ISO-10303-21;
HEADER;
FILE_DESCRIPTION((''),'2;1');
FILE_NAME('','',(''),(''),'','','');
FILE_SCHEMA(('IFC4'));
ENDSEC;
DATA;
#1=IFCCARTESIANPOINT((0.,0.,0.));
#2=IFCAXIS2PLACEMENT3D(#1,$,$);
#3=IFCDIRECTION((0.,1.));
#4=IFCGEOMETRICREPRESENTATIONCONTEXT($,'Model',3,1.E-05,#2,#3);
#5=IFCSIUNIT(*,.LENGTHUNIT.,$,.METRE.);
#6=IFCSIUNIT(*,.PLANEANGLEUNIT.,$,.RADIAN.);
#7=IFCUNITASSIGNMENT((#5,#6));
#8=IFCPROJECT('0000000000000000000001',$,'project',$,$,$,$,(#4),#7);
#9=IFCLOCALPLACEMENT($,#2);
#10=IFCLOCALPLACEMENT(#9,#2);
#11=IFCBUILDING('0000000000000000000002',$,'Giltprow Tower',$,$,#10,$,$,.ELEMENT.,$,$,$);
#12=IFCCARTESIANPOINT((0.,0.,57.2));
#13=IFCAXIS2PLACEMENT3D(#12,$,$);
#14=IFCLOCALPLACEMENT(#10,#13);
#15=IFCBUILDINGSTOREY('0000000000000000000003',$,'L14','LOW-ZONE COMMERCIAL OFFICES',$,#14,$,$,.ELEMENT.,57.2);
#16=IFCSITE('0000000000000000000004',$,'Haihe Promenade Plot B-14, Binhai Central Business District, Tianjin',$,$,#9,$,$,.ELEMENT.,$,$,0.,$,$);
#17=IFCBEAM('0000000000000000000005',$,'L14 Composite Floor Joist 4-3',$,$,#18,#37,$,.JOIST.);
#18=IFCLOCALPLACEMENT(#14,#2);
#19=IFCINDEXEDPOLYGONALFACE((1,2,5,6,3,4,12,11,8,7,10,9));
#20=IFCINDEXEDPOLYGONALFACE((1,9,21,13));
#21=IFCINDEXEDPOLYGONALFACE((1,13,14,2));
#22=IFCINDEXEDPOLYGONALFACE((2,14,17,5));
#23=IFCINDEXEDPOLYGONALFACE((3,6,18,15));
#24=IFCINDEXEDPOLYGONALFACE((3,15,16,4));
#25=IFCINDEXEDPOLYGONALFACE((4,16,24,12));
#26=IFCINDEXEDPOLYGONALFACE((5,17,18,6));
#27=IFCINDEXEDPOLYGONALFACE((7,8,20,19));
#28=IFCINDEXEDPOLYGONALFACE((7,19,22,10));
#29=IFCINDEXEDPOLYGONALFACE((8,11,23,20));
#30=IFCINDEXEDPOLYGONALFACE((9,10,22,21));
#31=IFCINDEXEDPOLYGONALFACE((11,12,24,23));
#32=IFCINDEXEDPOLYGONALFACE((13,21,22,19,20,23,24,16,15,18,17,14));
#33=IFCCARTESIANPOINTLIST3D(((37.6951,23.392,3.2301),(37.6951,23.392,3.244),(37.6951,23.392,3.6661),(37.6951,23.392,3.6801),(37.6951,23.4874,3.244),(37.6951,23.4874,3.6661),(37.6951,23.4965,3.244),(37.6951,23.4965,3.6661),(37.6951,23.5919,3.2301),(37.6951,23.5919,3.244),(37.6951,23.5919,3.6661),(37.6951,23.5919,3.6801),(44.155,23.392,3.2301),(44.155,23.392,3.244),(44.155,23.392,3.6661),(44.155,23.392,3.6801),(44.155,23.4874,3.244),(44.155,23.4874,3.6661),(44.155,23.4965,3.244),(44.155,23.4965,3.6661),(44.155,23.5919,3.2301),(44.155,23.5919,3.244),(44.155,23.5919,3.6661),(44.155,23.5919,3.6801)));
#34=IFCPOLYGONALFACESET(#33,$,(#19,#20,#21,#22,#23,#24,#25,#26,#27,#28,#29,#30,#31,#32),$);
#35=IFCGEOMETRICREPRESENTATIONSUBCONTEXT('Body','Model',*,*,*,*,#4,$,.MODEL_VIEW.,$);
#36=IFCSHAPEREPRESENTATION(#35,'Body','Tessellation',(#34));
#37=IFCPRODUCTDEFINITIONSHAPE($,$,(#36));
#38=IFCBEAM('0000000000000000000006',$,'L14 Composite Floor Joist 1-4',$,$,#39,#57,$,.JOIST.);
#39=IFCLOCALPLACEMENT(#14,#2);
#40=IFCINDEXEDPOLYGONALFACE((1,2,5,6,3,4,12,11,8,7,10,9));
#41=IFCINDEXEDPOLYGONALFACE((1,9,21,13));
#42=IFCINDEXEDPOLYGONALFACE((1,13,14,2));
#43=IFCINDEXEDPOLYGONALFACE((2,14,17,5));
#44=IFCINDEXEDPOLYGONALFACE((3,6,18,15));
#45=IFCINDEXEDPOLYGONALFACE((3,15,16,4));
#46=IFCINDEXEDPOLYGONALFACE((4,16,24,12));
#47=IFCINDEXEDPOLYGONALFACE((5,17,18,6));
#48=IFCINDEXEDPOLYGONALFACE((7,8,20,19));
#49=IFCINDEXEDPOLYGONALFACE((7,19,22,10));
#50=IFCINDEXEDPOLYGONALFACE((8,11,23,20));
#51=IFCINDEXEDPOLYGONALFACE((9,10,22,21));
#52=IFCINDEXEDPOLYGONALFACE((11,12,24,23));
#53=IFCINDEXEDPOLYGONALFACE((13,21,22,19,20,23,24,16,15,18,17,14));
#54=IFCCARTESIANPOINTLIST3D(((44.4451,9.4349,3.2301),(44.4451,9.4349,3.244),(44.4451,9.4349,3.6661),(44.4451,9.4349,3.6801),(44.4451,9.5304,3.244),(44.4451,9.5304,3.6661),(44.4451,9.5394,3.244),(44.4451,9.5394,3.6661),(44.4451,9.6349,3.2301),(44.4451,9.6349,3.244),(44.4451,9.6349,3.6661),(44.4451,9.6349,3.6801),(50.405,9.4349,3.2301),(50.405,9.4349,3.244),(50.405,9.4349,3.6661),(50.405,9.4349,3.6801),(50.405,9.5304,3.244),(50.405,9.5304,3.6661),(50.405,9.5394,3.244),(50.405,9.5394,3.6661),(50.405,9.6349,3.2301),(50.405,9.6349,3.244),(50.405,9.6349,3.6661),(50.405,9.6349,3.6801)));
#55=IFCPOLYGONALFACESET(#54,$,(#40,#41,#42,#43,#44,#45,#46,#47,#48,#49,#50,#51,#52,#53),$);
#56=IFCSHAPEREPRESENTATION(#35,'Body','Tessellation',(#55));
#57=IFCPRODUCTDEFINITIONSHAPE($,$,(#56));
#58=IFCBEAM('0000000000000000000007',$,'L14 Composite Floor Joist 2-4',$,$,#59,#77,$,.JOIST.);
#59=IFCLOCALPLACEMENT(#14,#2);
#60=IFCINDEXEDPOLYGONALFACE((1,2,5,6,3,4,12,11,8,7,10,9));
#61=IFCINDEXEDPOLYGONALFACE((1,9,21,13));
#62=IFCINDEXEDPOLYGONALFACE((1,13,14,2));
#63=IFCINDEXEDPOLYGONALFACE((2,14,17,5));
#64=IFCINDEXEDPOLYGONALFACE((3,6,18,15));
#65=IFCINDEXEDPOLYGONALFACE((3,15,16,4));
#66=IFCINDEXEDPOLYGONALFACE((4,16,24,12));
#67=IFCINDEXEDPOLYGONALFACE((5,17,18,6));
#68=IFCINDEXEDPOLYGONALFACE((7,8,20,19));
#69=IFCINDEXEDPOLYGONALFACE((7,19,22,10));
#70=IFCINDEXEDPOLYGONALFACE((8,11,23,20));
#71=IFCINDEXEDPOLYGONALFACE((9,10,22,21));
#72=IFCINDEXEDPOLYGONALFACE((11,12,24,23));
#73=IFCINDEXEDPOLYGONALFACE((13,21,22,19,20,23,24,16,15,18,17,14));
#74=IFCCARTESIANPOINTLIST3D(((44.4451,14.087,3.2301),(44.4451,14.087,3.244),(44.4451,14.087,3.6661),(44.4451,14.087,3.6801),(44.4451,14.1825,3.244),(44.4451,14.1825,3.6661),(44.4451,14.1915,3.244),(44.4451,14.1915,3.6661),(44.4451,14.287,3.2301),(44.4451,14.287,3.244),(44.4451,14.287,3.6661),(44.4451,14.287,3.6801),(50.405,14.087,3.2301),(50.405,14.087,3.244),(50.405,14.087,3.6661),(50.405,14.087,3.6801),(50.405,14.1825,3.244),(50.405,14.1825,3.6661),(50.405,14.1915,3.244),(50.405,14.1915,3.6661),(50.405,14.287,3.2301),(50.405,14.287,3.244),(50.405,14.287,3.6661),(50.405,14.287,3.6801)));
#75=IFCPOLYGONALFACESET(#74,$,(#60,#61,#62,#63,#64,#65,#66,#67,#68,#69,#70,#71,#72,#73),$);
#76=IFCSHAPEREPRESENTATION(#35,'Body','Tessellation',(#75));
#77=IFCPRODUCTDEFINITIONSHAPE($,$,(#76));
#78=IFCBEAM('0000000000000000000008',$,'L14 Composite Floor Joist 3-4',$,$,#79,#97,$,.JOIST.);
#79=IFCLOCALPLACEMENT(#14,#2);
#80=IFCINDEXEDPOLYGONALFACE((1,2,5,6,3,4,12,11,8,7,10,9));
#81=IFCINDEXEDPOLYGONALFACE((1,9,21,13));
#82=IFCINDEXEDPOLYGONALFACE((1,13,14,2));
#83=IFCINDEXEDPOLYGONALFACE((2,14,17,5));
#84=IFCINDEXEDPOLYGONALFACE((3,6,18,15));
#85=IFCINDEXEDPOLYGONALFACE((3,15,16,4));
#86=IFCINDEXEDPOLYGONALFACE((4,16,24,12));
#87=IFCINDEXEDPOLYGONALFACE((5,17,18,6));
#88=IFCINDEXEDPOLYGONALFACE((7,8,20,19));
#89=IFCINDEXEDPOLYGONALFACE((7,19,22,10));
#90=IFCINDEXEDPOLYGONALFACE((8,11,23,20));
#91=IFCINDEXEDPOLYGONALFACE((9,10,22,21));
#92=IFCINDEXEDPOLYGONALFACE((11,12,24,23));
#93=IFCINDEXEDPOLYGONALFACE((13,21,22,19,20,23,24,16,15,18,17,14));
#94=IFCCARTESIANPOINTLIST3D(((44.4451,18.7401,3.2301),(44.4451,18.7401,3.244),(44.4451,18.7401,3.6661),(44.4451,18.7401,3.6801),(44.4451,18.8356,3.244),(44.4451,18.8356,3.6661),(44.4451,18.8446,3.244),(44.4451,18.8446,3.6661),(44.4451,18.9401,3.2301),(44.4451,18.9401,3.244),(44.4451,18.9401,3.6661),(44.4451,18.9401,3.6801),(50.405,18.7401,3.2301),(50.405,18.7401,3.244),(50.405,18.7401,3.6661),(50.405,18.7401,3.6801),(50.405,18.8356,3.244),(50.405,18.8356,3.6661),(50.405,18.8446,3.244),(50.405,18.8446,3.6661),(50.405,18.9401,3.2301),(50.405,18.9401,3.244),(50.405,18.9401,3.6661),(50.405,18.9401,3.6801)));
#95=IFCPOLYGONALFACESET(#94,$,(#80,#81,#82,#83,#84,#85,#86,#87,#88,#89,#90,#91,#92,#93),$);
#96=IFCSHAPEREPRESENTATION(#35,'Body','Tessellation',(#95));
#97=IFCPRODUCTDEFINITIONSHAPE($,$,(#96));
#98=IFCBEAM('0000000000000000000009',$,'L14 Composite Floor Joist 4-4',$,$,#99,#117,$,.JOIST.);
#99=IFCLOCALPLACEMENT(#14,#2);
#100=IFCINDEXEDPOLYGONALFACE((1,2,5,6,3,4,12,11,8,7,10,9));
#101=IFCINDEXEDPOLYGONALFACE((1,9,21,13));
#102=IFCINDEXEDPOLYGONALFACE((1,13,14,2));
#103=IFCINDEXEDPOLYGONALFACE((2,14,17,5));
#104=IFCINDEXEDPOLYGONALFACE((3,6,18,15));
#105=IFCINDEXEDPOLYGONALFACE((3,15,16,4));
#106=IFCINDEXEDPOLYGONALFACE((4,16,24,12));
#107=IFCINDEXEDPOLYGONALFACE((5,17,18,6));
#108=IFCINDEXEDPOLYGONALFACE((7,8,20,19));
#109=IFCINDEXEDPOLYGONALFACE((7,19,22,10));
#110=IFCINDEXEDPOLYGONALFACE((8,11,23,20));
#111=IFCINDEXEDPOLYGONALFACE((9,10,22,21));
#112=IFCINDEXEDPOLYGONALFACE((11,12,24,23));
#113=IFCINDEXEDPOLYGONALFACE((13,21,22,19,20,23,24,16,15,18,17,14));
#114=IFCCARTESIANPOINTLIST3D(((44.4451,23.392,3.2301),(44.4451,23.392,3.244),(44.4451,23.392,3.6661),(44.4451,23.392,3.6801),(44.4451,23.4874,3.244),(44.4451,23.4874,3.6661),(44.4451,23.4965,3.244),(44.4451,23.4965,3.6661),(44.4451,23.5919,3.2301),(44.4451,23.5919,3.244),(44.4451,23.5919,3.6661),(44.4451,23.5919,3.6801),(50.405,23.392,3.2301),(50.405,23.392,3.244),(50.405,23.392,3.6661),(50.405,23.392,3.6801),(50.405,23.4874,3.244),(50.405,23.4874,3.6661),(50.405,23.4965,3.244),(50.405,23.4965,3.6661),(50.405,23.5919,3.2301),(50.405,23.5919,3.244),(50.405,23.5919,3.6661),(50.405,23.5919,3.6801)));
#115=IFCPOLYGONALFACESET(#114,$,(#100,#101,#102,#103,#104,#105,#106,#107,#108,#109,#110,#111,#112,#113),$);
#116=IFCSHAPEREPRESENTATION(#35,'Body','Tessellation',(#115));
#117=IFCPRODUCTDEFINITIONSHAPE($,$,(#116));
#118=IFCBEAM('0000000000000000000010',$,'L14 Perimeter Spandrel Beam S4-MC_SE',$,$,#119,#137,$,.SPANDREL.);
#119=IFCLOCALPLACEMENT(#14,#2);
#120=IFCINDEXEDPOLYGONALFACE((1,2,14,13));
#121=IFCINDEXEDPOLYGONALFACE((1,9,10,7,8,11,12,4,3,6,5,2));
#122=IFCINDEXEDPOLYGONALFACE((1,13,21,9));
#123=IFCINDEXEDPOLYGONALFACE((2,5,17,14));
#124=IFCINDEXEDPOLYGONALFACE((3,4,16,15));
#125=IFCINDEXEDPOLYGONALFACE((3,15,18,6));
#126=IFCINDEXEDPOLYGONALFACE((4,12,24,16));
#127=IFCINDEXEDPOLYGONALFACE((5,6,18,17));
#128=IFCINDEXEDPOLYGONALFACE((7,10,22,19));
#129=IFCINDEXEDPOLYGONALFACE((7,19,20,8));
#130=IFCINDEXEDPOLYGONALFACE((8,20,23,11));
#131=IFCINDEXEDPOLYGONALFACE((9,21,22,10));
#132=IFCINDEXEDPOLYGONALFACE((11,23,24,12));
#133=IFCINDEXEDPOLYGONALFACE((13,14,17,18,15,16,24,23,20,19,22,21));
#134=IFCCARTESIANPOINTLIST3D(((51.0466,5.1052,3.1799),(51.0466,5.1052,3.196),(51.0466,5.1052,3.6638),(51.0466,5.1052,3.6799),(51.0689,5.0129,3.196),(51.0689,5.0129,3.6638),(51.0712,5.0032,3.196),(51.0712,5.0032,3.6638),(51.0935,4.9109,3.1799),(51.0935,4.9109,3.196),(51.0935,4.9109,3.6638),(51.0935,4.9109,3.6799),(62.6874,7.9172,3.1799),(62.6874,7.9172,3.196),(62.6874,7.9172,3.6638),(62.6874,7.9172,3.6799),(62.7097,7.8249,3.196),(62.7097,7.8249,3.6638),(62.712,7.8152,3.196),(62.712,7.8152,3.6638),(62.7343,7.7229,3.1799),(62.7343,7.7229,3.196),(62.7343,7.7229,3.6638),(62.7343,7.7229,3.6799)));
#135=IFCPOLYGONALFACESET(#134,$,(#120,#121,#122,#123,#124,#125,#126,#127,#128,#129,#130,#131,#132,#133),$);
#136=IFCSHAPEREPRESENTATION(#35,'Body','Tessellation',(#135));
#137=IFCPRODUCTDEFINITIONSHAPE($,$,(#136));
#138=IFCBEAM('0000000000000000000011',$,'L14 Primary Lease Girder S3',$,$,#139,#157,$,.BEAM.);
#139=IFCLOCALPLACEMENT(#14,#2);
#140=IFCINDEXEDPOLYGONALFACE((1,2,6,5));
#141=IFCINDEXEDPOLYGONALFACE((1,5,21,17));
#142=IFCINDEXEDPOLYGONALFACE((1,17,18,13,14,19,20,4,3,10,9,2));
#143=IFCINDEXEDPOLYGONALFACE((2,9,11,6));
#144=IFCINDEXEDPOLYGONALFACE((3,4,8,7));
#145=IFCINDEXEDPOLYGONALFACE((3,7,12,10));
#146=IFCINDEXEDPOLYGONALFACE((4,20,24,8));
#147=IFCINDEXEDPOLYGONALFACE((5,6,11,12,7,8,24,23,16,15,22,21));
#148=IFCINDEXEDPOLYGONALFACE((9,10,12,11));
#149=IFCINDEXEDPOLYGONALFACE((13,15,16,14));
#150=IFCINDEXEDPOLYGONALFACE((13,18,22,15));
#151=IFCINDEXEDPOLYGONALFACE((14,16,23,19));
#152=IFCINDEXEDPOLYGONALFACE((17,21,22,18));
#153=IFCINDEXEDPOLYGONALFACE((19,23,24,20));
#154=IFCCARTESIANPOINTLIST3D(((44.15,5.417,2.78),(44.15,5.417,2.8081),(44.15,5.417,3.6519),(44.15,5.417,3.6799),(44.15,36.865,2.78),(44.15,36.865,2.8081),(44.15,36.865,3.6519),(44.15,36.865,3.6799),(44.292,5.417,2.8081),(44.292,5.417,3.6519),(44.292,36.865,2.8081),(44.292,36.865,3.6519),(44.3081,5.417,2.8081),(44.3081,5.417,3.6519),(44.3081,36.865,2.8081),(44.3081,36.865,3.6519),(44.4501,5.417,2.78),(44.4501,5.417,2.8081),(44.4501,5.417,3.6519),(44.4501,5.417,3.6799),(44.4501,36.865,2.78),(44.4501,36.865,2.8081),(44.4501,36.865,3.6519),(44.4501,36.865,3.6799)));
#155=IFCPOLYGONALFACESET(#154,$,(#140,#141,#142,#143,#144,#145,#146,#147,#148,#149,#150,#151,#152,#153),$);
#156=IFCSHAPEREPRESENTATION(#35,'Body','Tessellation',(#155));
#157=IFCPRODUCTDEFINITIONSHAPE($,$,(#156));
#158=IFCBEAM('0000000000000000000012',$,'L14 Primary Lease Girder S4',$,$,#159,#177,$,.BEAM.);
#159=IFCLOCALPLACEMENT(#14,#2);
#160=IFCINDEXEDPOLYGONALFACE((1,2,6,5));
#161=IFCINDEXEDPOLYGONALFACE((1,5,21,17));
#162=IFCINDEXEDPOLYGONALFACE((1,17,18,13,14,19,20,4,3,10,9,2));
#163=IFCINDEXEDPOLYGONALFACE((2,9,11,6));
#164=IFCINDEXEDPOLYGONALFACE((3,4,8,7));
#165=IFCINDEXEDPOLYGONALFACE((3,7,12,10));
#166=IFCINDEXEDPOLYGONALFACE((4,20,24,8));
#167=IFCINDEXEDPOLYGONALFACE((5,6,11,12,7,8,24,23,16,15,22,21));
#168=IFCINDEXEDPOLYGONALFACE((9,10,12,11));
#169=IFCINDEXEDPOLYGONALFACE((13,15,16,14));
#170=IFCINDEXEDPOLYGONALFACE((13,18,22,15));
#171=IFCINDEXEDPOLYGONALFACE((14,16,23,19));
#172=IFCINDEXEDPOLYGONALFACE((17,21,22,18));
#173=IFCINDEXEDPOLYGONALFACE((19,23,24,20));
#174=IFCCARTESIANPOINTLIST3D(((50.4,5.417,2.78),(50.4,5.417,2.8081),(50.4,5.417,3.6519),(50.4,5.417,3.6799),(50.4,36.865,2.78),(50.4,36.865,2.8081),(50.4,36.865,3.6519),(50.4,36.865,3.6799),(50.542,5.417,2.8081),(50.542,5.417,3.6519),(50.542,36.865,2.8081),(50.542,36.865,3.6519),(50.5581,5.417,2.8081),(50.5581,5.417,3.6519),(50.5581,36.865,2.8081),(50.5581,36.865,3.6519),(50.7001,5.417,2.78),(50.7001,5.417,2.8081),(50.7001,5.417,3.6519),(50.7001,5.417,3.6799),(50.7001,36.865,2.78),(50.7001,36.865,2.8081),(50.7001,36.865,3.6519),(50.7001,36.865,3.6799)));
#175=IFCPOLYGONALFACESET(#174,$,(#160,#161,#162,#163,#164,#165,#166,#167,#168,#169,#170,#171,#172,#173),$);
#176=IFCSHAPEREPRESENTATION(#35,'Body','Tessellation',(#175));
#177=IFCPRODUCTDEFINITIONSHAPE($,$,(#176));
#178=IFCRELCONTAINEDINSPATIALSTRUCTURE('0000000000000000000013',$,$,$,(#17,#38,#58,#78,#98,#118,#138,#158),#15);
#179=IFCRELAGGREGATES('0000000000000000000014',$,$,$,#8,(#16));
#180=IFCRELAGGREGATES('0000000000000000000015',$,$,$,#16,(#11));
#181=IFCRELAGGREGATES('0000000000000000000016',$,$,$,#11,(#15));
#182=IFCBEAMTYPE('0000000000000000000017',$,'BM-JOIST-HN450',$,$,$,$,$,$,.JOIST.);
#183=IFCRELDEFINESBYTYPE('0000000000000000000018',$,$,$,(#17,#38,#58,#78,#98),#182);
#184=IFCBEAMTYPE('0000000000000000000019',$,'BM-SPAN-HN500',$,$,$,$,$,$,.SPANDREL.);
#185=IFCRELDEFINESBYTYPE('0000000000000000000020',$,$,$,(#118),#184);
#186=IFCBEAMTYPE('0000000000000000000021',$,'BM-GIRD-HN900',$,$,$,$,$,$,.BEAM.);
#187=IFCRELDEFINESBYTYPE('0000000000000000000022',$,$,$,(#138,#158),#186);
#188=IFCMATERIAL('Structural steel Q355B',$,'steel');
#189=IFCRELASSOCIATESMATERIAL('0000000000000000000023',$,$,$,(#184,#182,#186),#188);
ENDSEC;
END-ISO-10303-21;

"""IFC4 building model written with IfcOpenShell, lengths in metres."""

from ifc_helpers import new_model, si_unit, direction, frame, origin, origin_2d, place, context, subcontext, project, spatial, i_section, extrude, source, transform, mapped, material, material_profile, profile_set, type_object, element, save


model = new_model("IFC4")

# Units and contexts
model_context = context("Model", 3, precision=1e-05, world=origin(), true_north=direction((0.0, 1.0)))
body_context = subcontext(model_context, "Body", "Model", "MODEL_VIEW")
ifc_project = project(units=[si_unit("LENGTHUNIT", "METRE"), si_unit("PLANEANGLEUNIT", "RADIAN")], contexts=[model_context])

# Site, building, storey
site_placement = place(None, origin())
site = spatial("IfcSite", under=ifc_project, at=site_placement, Name="Haihe Promenade Plot B-14, Binhai Central Business District, Tianjin", CompositionType="ELEMENT", RefElevation=0.0)
building_placement = place(site_placement, origin())
building = spatial("IfcBuilding", under=site, at=building_placement, Name="Giltprow Tower", CompositionType="ELEMENT")
storey_placement = place(building_placement, frame((0.0, 0.0, 57.2)))
storey = spatial("IfcBuildingStorey", under=building, at=storey_placement, Name="L14", Description="LOW-ZONE COMMERCIAL OFFICES", CompositionType="ELEMENT", Elevation=57.2)

# Beams
ifc_material_1 = material(Name="Structural steel Q355B", Category="steel")
ifc_material_profile_1 = material_profile(ifc_material_1, i_section(OverallWidth=0.2, OverallDepth=0.5, WebThickness=0.01, FlangeThickness=0.0161, at=origin_2d()), Name="HN 500x200x10x16")
ifc_profile_set_1 = profile_set([ifc_material_profile_1], Name="Structural steel Q355B")
beam_type_1 = type_object("IfcBeamType", Name="BM-SPAN-HN500", PredefinedType="SPANDREL", material=ifc_profile_set_1)
ifc_material_profile_2 = material_profile(ifc_material_1, i_section(OverallWidth=0.2, OverallDepth=0.45, WebThickness=0.009, FlangeThickness=0.0139, at=origin_2d()), Name="HN 450x200x9x14")
ifc_profile_set_2 = profile_set([ifc_material_profile_2], Name="Structural steel Q355B")
beam_type_2 = type_object("IfcBeamType", Name="BM-JOIST-HN450", PredefinedType="JOIST", material=ifc_profile_set_2)
shared_shape_1 = source(origin(), body_context, "Body", "SweptSolid", [
    extrude(i_section(OverallWidth=0.2, OverallDepth=0.45, WebThickness=0.009, FlangeThickness=0.0139, at=origin_2d()), origin(), (0.0, 0.0, 1.0), 6.46),
])
for number, where, z_axis, x_axis, name in (
    (1, (37.6951, 23.4919, 3.4551), (1.0, 0.0, 0.0), (0.0, 1.0, 0.0), "L14 Composite Floor Joist 4-3"),
):
    element("IfcBeam", number, at=place(storey_placement, frame(where, z_axis=z_axis, x_axis=x_axis)), inside=storey, type_object=beam_type_2, Name=name, PredefinedType="JOIST", context=body_context, shape_type="MappedRepresentation", body=[
        mapped(shared_shape_1, transform((0.0, 0.0, 0.0), x_axis=(1.0, 0.0, 0.0), y_axis=(0.0, 1.0, 0.0), z_axis=(0.0, 0.0, 1.0), scale=1.0)),
    ])
shared_shape_2 = source(origin(), body_context, "Body", "SweptSolid", [
    extrude(i_section(OverallWidth=0.2, OverallDepth=0.45, WebThickness=0.009, FlangeThickness=0.0139, at=origin_2d()), origin(), (0.0, 0.0, 1.0), 5.96),
])
for number, where, z_axis, x_axis, name in (
    (2, (44.4451, 9.5349, 3.4551), (1.0, 0.0, 0.0), (0.0, 1.0, 0.0), "L14 Composite Floor Joist 1-4"),
    (3, (44.4451, 14.187, 3.4551), (1.0, 0.0, 0.0), (0.0, 1.0, 0.0), "L14 Composite Floor Joist 2-4"),
    (4, (44.4451, 18.8401, 3.4551), (1.0, 0.0, 0.0), (0.0, 1.0, 0.0), "L14 Composite Floor Joist 3-4"),
    (5, (44.4451, 23.4919, 3.4551), (1.0, 0.0, 0.0), (0.0, 1.0, 0.0), "L14 Composite Floor Joist 4-4"),
):
    element("IfcBeam", number, at=place(storey_placement, frame(where, z_axis=z_axis, x_axis=x_axis)), inside=storey, type_object=beam_type_2, Name=name, PredefinedType="JOIST", context=body_context, shape_type="MappedRepresentation", body=[
        mapped(shared_shape_2, transform((0.0, 0.0, 0.0), x_axis=(1.0, 0.0, 0.0), y_axis=(0.0, 1.0, 0.0), z_axis=(0.0, 0.0, 1.0), scale=1.0)),
    ])
shared_shape_3 = source(origin(), body_context, "Body", "SweptSolid", [
    extrude(i_section(OverallWidth=0.2, OverallDepth=0.5, WebThickness=0.01, FlangeThickness=0.0161, at=origin_2d()), origin(), (0.0, 0.0, 1.0), 11.9756),
])
beam_1_placement = place(storey_placement, frame((51.0701, 5.0081, 3.4299), z_axis=(0.972041, 0.23481, 0.0), x_axis=(-0.23481, 0.972041, 0.0)))
element("IfcBeam", 6, at=beam_1_placement, inside=storey, type_object=beam_type_1, Name="L14 Perimeter Spandrel Beam S4-MC_SE", PredefinedType="SPANDREL", context=body_context, shape_type="MappedRepresentation", body=[
    mapped(shared_shape_3, transform((0.0, 0.0, 0.0), x_axis=(1.0, 0.0, 0.0), y_axis=(0.0, 1.0, 0.0), z_axis=(0.0, 0.0, 1.0), scale=1.0)),
])
ifc_material_profile_3 = material_profile(ifc_material_1, i_section(OverallWidth=0.3, OverallDepth=0.8999, WebThickness=0.0161, FlangeThickness=0.0281, at=origin_2d()), Name="HN 900x300x16x28")
ifc_profile_set_3 = profile_set([ifc_material_profile_3], Name="Structural steel Q355B")
beam_type_3 = type_object("IfcBeamType", Name="BM-GIRD-HN900", PredefinedType="BEAM", material=ifc_profile_set_3)
shared_shape_4 = source(origin(), body_context, "Body", "SweptSolid", [
    extrude(i_section(OverallWidth=0.3, OverallDepth=0.8999, WebThickness=0.0161, FlangeThickness=0.0281, at=origin_2d()), origin(), (0.0, 0.0, 1.0), 31.448),
])
for number, where, z_axis, x_axis, name in (
    (7, (44.3, 5.417, 3.23), (0.0, 1.0, 0.0), (-1.0, 0.0, 0.0), "L14 Primary Lease Girder S3"),
    (8, (50.55, 5.417, 3.23), (0.0, 1.0, 0.0), (-1.0, 0.0, 0.0), "L14 Primary Lease Girder S4"),
):
    element("IfcBeam", number, at=place(storey_placement, frame(where, z_axis=z_axis, x_axis=x_axis)), inside=storey, type_object=beam_type_3, Name=name, PredefinedType="BEAM", context=body_context, shape_type="MappedRepresentation", body=[
        mapped(shared_shape_4, transform((0.0, 0.0, 0.0), x_axis=(1.0, 0.0, 0.0), y_axis=(0.0, 1.0, 0.0), z_axis=(0.0, 0.0, 1.0), scale=1.0)),
    ])

save(model, "model.ifc")
